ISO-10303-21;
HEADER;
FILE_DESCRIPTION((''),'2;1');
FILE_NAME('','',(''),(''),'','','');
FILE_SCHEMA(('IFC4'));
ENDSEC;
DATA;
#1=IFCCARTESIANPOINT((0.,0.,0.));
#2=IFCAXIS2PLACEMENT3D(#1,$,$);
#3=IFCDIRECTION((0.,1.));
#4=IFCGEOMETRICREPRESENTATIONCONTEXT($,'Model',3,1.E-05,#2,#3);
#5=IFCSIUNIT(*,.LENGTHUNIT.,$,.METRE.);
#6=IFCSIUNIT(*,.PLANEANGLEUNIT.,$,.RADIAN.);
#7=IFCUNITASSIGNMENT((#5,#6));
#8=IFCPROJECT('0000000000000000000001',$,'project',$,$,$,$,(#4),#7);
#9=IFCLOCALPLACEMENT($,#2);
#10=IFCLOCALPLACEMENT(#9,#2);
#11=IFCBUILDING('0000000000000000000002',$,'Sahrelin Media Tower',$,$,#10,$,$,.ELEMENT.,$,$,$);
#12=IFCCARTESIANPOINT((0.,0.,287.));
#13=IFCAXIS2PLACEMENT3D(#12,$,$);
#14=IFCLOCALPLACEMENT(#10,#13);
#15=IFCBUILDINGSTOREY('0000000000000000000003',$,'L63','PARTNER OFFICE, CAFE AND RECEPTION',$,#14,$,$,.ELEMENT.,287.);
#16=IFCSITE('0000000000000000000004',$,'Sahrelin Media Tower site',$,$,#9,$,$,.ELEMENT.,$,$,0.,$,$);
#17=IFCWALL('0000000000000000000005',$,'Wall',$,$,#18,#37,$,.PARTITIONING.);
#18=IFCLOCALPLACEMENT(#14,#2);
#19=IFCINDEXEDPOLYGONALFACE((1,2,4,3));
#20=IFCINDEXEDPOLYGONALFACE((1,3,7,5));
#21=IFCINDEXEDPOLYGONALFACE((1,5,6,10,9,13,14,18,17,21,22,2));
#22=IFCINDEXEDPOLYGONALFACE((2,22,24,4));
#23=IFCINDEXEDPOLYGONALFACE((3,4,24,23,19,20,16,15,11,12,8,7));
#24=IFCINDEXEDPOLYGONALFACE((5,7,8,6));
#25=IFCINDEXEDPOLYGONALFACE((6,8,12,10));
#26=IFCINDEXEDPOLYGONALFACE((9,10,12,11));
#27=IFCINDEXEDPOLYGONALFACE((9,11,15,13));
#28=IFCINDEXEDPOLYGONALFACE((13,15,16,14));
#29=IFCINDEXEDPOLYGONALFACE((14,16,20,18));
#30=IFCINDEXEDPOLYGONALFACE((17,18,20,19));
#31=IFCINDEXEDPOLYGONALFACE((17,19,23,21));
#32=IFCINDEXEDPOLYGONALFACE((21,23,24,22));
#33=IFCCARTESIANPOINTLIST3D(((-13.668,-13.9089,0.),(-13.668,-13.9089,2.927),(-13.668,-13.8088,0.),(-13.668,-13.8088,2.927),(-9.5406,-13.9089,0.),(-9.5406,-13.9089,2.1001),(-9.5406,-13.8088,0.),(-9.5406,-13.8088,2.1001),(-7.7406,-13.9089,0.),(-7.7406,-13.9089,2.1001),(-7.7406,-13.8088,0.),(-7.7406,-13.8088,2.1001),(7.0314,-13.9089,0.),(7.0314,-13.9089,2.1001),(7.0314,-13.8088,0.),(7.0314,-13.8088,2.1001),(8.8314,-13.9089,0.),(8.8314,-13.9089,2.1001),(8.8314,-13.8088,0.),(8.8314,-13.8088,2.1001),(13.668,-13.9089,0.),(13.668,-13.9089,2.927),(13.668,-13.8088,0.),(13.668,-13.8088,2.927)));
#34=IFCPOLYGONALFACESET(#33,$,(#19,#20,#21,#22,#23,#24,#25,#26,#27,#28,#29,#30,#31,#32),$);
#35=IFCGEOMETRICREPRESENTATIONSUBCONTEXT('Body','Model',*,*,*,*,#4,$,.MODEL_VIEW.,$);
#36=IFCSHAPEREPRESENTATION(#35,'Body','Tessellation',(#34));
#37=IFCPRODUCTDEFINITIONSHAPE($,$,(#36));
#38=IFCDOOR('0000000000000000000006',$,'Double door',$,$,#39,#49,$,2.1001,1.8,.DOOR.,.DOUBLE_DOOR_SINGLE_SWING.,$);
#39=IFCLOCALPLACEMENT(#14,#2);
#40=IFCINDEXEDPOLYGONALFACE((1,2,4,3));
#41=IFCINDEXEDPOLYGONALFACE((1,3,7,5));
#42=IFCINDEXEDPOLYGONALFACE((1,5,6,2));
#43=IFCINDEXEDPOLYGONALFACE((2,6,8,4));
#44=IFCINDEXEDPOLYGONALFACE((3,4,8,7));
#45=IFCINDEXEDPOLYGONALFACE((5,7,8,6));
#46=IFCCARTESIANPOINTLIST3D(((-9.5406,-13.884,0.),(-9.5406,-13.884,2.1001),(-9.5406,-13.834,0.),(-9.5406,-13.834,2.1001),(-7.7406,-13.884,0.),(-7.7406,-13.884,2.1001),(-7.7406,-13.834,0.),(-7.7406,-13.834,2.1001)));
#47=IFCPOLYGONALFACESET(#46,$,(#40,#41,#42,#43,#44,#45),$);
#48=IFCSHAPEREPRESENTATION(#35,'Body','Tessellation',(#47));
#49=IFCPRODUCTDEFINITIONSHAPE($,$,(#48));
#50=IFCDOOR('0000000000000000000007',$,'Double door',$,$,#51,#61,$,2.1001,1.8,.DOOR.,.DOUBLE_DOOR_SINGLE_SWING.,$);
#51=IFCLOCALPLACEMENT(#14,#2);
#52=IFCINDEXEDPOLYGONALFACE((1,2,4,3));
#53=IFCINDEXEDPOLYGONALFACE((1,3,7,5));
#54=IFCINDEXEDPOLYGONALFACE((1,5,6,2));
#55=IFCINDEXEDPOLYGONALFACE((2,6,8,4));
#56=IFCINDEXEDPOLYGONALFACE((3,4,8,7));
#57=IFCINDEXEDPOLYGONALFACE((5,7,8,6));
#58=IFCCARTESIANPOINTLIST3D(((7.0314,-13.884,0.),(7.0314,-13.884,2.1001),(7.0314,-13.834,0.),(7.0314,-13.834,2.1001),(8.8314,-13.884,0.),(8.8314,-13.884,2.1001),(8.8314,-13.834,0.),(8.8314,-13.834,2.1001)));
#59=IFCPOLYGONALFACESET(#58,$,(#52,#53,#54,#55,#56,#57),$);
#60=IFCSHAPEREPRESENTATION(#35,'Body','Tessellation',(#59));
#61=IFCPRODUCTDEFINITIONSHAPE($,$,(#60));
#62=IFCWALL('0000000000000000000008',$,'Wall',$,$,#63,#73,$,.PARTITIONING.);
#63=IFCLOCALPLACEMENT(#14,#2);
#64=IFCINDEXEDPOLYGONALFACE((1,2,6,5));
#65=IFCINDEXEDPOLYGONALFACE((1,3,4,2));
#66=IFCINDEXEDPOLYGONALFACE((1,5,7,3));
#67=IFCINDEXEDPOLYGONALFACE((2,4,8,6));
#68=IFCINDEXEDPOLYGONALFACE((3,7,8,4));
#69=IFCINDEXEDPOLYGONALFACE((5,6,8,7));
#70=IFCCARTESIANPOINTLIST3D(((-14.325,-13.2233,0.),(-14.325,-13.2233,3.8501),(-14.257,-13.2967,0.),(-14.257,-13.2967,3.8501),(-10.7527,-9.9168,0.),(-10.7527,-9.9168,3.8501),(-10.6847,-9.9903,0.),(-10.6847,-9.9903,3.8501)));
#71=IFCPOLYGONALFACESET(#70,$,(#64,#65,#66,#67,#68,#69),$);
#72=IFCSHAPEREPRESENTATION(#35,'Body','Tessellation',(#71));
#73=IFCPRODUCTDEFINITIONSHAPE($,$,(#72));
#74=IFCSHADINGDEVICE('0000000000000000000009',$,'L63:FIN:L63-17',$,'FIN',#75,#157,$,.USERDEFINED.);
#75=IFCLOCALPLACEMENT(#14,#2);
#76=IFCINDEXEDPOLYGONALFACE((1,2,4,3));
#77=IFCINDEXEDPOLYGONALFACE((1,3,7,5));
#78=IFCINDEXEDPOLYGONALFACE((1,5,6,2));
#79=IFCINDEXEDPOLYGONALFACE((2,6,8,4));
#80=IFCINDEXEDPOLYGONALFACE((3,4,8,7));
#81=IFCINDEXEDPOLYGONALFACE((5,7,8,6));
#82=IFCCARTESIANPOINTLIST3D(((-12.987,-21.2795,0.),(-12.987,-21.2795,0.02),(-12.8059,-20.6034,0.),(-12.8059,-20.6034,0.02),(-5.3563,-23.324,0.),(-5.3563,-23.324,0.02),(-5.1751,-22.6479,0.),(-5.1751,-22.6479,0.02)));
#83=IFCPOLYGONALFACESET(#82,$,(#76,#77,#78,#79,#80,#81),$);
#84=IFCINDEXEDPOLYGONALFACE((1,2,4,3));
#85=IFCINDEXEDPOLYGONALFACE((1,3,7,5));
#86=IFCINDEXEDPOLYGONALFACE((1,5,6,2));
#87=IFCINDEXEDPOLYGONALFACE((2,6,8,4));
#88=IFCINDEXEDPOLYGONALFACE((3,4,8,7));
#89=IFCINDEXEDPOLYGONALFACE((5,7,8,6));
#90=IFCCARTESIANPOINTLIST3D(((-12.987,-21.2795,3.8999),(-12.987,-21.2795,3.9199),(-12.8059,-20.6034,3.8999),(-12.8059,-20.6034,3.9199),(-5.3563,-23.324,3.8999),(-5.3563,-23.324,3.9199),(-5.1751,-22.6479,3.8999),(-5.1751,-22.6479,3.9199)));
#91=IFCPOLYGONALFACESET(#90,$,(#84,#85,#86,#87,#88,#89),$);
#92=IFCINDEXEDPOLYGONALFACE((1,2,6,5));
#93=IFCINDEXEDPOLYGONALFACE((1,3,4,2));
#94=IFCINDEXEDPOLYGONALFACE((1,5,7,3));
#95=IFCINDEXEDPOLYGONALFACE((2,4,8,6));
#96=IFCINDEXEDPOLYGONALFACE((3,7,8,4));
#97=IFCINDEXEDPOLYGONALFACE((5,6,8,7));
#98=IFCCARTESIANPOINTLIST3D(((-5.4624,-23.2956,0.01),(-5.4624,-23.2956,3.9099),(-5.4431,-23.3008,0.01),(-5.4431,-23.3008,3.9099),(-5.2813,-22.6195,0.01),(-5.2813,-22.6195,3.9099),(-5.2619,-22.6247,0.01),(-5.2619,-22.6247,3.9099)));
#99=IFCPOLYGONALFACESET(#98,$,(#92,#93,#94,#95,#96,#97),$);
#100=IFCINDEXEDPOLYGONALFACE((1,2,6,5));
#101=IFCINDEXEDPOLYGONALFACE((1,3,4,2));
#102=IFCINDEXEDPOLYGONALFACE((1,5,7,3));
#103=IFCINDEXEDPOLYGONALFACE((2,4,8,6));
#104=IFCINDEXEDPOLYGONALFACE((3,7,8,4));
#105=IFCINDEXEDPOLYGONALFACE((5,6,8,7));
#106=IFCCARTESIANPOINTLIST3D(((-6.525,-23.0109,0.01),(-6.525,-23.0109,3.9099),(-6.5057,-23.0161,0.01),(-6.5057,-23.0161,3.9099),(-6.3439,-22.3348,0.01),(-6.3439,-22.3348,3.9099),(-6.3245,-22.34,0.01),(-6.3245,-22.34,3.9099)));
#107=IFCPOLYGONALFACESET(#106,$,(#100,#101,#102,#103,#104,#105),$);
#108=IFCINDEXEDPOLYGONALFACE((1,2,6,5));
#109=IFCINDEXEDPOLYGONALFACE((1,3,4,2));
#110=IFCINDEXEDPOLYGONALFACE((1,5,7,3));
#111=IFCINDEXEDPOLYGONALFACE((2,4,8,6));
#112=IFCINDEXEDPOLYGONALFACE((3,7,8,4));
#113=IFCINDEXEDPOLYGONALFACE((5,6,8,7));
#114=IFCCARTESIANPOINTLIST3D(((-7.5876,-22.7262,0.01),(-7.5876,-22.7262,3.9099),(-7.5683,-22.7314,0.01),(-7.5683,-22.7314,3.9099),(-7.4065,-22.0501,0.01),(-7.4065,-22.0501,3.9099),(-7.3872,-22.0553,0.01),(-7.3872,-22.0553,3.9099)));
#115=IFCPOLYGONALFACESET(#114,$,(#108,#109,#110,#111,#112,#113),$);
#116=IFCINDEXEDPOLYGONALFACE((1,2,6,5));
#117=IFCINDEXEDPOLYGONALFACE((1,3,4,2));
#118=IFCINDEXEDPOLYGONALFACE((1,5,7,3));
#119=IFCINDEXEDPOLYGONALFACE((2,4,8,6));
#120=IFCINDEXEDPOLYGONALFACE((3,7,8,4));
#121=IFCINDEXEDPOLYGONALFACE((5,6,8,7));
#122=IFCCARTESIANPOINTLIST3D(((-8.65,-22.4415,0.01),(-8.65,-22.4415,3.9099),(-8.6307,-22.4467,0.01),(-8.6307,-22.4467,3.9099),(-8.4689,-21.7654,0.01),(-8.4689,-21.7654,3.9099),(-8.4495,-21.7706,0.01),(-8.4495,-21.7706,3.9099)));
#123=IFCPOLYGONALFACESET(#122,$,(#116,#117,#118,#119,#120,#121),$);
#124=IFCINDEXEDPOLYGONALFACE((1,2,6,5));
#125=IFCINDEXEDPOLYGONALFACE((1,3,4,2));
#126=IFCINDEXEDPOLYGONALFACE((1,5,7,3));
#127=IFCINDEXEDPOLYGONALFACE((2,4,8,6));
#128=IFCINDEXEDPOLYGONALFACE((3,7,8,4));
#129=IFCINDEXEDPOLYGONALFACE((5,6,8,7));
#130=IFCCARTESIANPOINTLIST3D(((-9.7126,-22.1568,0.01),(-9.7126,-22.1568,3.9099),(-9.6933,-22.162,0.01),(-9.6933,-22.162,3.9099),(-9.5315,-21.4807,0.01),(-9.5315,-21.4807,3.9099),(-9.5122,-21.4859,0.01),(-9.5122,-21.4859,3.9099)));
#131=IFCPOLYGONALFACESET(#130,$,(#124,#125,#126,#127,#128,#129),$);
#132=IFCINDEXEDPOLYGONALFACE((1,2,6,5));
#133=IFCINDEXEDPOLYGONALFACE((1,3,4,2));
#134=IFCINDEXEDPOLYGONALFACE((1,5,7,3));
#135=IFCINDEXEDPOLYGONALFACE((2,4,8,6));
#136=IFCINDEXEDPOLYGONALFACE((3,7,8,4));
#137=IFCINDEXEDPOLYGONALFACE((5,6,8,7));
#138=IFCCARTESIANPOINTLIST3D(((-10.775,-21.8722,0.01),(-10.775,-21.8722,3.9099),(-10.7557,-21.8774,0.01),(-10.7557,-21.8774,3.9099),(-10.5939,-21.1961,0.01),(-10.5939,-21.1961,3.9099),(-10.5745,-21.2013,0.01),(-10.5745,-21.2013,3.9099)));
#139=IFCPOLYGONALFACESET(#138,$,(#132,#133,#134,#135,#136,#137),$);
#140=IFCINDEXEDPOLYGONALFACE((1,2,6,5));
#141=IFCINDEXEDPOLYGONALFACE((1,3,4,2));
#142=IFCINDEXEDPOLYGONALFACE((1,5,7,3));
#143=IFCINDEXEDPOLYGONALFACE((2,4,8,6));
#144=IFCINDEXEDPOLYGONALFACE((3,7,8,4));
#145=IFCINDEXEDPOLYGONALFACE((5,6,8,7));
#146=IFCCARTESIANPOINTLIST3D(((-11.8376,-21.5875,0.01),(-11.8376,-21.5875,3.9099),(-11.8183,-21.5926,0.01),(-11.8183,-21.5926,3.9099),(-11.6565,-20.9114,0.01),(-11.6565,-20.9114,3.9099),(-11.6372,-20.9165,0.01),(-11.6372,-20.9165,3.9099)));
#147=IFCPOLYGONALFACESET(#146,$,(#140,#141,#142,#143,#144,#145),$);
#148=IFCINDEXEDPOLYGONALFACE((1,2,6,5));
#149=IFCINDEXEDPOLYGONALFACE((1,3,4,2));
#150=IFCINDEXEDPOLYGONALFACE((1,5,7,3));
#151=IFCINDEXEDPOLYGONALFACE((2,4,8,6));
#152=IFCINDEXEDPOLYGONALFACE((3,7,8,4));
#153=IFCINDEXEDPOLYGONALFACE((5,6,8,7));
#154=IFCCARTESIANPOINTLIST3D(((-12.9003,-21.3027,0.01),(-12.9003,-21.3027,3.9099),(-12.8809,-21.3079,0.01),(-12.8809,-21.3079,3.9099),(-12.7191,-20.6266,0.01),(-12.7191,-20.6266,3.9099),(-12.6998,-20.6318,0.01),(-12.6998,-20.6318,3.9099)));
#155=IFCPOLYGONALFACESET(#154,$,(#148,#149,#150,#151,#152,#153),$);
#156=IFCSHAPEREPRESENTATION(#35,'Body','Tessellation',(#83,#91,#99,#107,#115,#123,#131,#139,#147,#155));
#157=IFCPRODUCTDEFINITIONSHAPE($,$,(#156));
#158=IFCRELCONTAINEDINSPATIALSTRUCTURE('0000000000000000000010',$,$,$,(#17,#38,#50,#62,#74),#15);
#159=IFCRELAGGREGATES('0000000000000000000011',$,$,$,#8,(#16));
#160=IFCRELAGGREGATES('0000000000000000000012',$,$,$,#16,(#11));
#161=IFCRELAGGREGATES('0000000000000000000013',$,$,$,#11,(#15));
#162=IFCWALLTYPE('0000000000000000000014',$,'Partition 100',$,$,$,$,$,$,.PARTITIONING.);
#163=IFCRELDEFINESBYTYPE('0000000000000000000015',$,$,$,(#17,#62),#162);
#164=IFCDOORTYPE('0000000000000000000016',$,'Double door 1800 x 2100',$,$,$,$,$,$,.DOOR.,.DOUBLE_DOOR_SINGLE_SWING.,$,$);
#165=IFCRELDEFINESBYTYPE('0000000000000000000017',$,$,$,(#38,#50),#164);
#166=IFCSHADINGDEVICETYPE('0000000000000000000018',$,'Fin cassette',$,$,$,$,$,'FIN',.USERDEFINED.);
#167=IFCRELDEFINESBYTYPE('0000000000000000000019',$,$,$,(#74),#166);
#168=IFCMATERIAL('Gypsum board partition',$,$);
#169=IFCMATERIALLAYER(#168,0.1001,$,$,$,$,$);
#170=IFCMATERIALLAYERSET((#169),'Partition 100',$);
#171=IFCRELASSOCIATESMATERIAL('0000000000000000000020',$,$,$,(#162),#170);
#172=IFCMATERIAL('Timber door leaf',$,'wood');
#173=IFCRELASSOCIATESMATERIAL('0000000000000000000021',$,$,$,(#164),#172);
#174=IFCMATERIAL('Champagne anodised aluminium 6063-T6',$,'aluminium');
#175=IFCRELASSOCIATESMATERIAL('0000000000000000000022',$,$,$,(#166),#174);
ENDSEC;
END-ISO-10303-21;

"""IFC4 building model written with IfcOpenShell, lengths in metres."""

from ifc_helpers import new_model, si_unit, direction, frame, frame_2d, origin, origin_2d, place, context, subcontext, project, spatial, rectangle, extrude, material, layer, layer_set, type_object, element, fill, save


model = new_model("IFC4")

# Units and contexts
model_context = context("Model", 3, precision=1e-05, world=origin(), true_north=direction((0.0, 1.0)))
body_context = subcontext(model_context, "Body", "Model", "MODEL_VIEW")
ifc_project = project(units=[si_unit("LENGTHUNIT", "METRE"), si_unit("PLANEANGLEUNIT", "RADIAN")], contexts=[model_context])

# Site, building, storey
site_placement = place(None, origin())
site = spatial("IfcSite", under=ifc_project, at=site_placement, Name="Sahrelin Media Tower site", CompositionType="ELEMENT", RefElevation=0.0)
building_placement = place(site_placement, origin())
building = spatial("IfcBuilding", under=site, at=building_placement, Name="Sahrelin Media Tower", CompositionType="ELEMENT")
storey_placement = place(building_placement, frame((0.0, 0.0, 287.0)))
storey = spatial("IfcBuildingStorey", under=building, at=storey_placement, Name="L63", Description="PARTNER OFFICE, CAFE AND RECEPTION", CompositionType="ELEMENT", Elevation=287.0)

# Shared definitions
ifc_material_1 = material(Name="Champagne anodised aluminium 6063-T6", Category="aluminium")

# Wall, openings, doors
ifc_material_2 = material(Name="Gypsum board partition")
ifc_layer_1 = layer(ifc_material_2, 0.1001)
ifc_layer_set_1 = layer_set([ifc_layer_1], Name="Partition 100")
wall_type_1 = type_object("IfcWallType", Name="Partition 100", PredefinedType="PARTITIONING", material=ifc_layer_set_1)
wall_1_placement = place(storey_placement, frame((-13.668, -13.8589, 0.0), z_axis=(0.0, 0.0, 1.0), x_axis=(1.0, 0.0, 0.0)))
wall_1 = element("IfcWall", 1, at=wall_1_placement, inside=storey, type_object=wall_type_1, Name="Wall", PredefinedType="PARTITIONING", context=body_context, shape_type="SweptSolid", body=[
    extrude(rectangle(XDim=27.3359, YDim=0.1001, at=frame_2d((13.668, 0.0))), origin(), (0.0, 0.0, 1.0), 2.927),
])
opening_1_placement = place(wall_1_placement, frame((4.1274, 0.0, 0.0)))
opening_1 = element("IfcOpeningElement", 2, at=opening_1_placement, cuts=wall_1, PredefinedType="OPENING", context=body_context, shape_type="SweptSolid", body=[
    extrude(rectangle(XDim=1.8, YDim=2.1001, at=frame_2d((0.8999, 1.05))), frame((0.0, 0.05, 0.0), z_axis=(0.0, -1.0, 0.0), x_axis=(1.0, 0.0, 0.0)), (0.0, 0.0, 1.0), 0.1001),
])
opening_2_placement = place(wall_1_placement, frame((20.6995, 0.0, 0.0)))
opening_2 = element("IfcOpeningElement", 3, at=opening_2_placement, cuts=wall_1, PredefinedType="OPENING", context=body_context, shape_type="SweptSolid", body=[
    extrude(rectangle(XDim=1.8, YDim=2.1001, at=frame_2d((0.8999, 1.05))), frame((0.0, 0.05, 0.0), z_axis=(0.0, -1.0, 0.0), x_axis=(1.0, 0.0, 0.0)), (0.0, 0.0, 1.0), 0.1001),
])
ifc_material_3 = material(Name="Timber door leaf", Category="wood")
door_type_1 = type_object("IfcDoorType", Name="Double door 1800 x 2100", OperationType="DOUBLE_DOOR_SINGLE_SWING", PredefinedType="DOOR", material=ifc_material_3)
door_1_placement = place(opening_1_placement, origin())
door_1 = element("IfcDoor", 4, at=door_1_placement, inside=storey, type_object=door_type_1, Name="Double door", OperationType="DOUBLE_DOOR_SINGLE_SWING", OverallHeight=2.1001, OverallWidth=1.8, PredefinedType="DOOR", context=body_context, shape_type="SweptSolid", body=[
    extrude(rectangle(XDim=1.8, YDim=2.1001, at=frame_2d((0.8999, 1.05))), frame((0.0, 0.0249, 0.0), z_axis=(0.0, -1.0, 0.0), x_axis=(1.0, 0.0, 0.0)), (0.0, 0.0, 1.0), 0.05),
])
fill(opening_1, door_1)
door_2_placement = place(opening_2_placement, origin())
door_2 = element("IfcDoor", 5, at=door_2_placement, inside=storey, type_object=door_type_1, Name="Double door", OperationType="DOUBLE_DOOR_SINGLE_SWING", OverallHeight=2.1001, OverallWidth=1.8, PredefinedType="DOOR", context=body_context, shape_type="SweptSolid", body=[
    extrude(rectangle(XDim=1.8, YDim=2.1001, at=frame_2d((0.8999, 1.05))), frame((0.0, 0.0249, 0.0), z_axis=(0.0, -1.0, 0.0), x_axis=(1.0, 0.0, 0.0)), (0.0, 0.0, 1.0), 0.05),
])
fill(opening_2, door_2)

# Wall
wall_2_placement = place(storey_placement, frame((-14.291, -13.26, 0.0), z_axis=(0.0, 0.0, 1.0), x_axis=(0.733889, 0.679269, 0.0)))
element("IfcWall", 6, at=wall_2_placement, inside=storey, type_object=wall_type_1, Name="Wall", PredefinedType="PARTITIONING", context=body_context, shape_type="SweptSolid", body=[
    extrude(rectangle(XDim=4.8677, YDim=0.1001, at=frame_2d((2.4338, 0.0))), origin(), (0.0, 0.0, 1.0), 3.8501),
])

# Shading device
shading_device_type_1 = type_object("IfcShadingDeviceType", Name="Fin cassette", ElementType="FIN", PredefinedType="USERDEFINED", material=ifc_material_1)
placement = place(storey_placement, frame((-8.9724, -21.5581, 0.0), z_axis=(0.0, 0.0, 1.0), x_axis=(-0.965929, 0.258808, 0.0)))
element("IfcShadingDevice", 7, at=placement, inside=storey, type_object=shading_device_type_1, Name="L63:FIN:L63-17", ObjectType="FIN", PredefinedType="USERDEFINED", context=body_context, shape_type="SweptSolid", body=[
    extrude(rectangle(XDim=7.8999, YDim=0.7, at=origin_2d()), frame((0.0, 0.4199, 0.0)), (0.0, 0.0, 1.0), 0.02),
    extrude(rectangle(XDim=7.8999, YDim=0.7, at=origin_2d()), frame((0.0, 0.4199, 3.8999)), (0.0, 0.0, 1.0), 0.02),
    extrude(rectangle(XDim=0.02, YDim=0.7, at=origin_2d()), frame((-3.8501, 0.4199, 0.01), z_axis=(0.0, 0.0, 1.0), x_axis=(1.0, 0.0, 0.0)), (0.0, 0.0, 1.0), 3.8999),
    extrude(rectangle(XDim=0.02, YDim=0.7, at=origin_2d()), frame((-2.75, 0.4199, 0.01), z_axis=(0.0, 0.0, 1.0), x_axis=(1.0, 0.0, 0.0)), (0.0, 0.0, 1.0), 3.8999),
    extrude(rectangle(XDim=0.02, YDim=0.7, at=origin_2d()), frame((-1.6499, 0.4199, 0.01), z_axis=(0.0, 0.0, 1.0), x_axis=(1.0, 0.0, 0.0)), (0.0, 0.0, 1.0), 3.8999),
    extrude(rectangle(XDim=0.02, YDim=0.7, at=origin_2d()), frame((-0.55, 0.4199, 0.01), z_axis=(0.0, 0.0, 1.0), x_axis=(1.0, 0.0, 0.0)), (0.0, 0.0, 1.0), 3.8999),
    extrude(rectangle(XDim=0.02, YDim=0.7, at=origin_2d()), frame((0.55, 0.4199, 0.01), z_axis=(0.0, 0.0, 1.0), x_axis=(1.0, 0.0, 0.0)), (0.0, 0.0, 1.0), 3.8999),
    extrude(rectangle(XDim=0.02, YDim=0.7, at=origin_2d()), frame((1.6499, 0.4199, 0.01), z_axis=(0.0, 0.0, 1.0), x_axis=(1.0, 0.0, 0.0)), (0.0, 0.0, 1.0), 3.8999),
    extrude(rectangle(XDim=0.02, YDim=0.7, at=origin_2d()), frame((2.75, 0.4199, 0.01), z_axis=(0.0, 0.0, 1.0), x_axis=(1.0, 0.0, 0.0)), (0.0, 0.0, 1.0), 3.8999),
    extrude(rectangle(XDim=0.02, YDim=0.7, at=origin_2d()), frame((3.8501, 0.4199, 0.01), z_axis=(0.0, 0.0, 1.0), x_axis=(1.0, 0.0, 0.0)), (0.0, 0.0, 1.0), 3.8999),
])

save(model, "model.ifc")
